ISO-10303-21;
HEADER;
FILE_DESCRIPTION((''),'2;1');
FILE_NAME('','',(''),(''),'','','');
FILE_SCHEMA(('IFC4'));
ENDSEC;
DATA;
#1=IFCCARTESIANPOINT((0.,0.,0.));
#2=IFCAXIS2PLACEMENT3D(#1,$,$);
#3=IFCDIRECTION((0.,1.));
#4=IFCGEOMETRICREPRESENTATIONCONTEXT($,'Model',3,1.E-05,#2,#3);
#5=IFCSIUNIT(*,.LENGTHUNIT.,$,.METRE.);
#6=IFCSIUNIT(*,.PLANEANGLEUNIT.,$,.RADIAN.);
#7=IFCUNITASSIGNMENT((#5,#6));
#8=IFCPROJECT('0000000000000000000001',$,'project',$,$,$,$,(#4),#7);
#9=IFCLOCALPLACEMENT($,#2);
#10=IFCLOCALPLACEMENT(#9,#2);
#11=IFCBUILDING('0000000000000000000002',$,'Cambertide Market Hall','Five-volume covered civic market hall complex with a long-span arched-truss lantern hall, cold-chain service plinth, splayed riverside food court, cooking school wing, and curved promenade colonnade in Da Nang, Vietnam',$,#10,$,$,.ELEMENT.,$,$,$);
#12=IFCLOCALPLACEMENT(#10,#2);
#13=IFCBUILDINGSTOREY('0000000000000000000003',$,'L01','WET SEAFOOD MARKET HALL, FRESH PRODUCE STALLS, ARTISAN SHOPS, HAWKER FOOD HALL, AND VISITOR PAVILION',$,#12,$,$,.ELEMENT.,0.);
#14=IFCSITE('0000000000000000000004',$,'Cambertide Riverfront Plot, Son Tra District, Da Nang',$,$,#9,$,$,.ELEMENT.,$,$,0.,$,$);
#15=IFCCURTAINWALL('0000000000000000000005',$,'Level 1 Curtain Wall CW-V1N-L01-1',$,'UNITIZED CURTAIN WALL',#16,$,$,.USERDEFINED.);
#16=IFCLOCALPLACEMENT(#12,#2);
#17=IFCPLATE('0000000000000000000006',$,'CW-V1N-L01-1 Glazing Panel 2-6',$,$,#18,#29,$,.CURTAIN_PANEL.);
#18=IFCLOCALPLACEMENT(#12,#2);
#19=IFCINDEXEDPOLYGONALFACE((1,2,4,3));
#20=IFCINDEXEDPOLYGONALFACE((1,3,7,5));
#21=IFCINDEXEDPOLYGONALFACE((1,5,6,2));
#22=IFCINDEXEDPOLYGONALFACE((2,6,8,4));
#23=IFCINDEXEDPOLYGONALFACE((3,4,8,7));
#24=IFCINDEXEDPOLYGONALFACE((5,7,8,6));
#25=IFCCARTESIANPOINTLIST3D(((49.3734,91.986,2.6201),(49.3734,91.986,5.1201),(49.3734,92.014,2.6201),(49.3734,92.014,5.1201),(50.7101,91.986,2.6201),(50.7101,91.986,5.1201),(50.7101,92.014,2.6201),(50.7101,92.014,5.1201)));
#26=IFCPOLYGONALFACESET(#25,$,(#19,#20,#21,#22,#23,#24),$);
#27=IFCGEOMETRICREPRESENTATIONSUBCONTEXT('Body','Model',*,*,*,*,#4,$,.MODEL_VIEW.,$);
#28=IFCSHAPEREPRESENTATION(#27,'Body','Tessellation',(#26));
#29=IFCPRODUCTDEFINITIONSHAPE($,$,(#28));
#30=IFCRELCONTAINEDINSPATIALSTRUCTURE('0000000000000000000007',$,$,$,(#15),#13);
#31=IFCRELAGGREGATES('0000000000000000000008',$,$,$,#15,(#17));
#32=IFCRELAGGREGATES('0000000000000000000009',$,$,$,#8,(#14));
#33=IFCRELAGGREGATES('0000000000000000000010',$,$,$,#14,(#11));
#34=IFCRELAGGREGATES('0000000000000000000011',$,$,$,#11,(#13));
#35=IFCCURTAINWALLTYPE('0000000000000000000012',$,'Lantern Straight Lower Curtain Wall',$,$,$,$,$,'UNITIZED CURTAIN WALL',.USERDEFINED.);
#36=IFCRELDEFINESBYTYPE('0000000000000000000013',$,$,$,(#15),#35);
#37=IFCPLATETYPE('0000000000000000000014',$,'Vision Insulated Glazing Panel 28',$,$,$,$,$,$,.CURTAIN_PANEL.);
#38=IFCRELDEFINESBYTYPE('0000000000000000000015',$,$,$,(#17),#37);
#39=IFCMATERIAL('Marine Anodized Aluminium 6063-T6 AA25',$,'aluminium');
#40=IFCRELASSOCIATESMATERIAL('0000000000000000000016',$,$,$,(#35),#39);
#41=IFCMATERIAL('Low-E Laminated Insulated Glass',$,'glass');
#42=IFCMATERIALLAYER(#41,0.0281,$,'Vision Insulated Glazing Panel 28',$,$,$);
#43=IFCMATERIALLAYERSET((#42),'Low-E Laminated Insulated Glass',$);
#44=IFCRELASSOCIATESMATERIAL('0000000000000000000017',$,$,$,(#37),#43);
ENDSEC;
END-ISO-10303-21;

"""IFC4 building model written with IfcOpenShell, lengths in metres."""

from ifc_helpers import new_model, si_unit, direction, frame, origin, origin_2d, place, context, subcontext, project, spatial, rectangle, extrude, material, layer, layer_set, type_object, element, aggregate, save


model = new_model("IFC4")

# Units and contexts
model_context = context("Model", 3, precision=1e-05, world=origin(), true_north=direction((0.0, 1.0)))
body_context = subcontext(model_context, "Body", "Model", "MODEL_VIEW")
ifc_project = project(units=[si_unit("LENGTHUNIT", "METRE"), si_unit("PLANEANGLEUNIT", "RADIAN")], contexts=[model_context])

# Site, building, storey
site_placement = place(None, origin())
site = spatial("IfcSite", under=ifc_project, at=site_placement, Name="Cambertide Riverfront Plot, Son Tra District, Da Nang", CompositionType="ELEMENT", RefElevation=0.0)
building_placement = place(site_placement, origin())
building = spatial("IfcBuilding", under=site, at=building_placement, Name="Cambertide Market Hall", Description="Five-volume covered civic market hall complex with a long-span arched-truss lantern hall, cold-chain service plinth, splayed riverside food court, cooking school wing, and curved promenade colonnade in Da Nang, Vietnam", CompositionType="ELEMENT")
storey_placement = place(building_placement, origin())
storey = spatial("IfcBuildingStorey", under=building, at=storey_placement, Name="L01", Description="WET SEAFOOD MARKET HALL, FRESH PRODUCE STALLS, ARTISAN SHOPS, HAWKER FOOD HALL, AND VISITOR PAVILION", CompositionType="ELEMENT", Elevation=0.0)

# Curtain wall, plate
ifc_material_1 = material(Name="Marine Anodized Aluminium 6063-T6 AA25", Category="aluminium")
curtain_wall_type = type_object("IfcCurtainWallType", Name="Lantern Straight Lower Curtain Wall", ElementType="UNITIZED CURTAIN WALL", PredefinedType="USERDEFINED", material=ifc_material_1)
curtain_wall_placement = place(storey_placement, origin())
curtain_wall = element("IfcCurtainWall", 1, at=curtain_wall_placement, inside=storey, type_object=curtain_wall_type, Name="Level 1 Curtain Wall CW-V1N-L01-1", ObjectType="UNITIZED CURTAIN WALL", PredefinedType="USERDEFINED")
ifc_material_2 = material(Name="Low-E Laminated Insulated Glass", Category="glass")
ifc_layer = layer(ifc_material_2, 0.0281, Name="Vision Insulated Glazing Panel 28")
ifc_layer_set = layer_set([ifc_layer], Name="Low-E Laminated Insulated Glass")
plate_type = type_object("IfcPlateType", Name="Vision Insulated Glazing Panel 28", PredefinedType="CURTAIN_PANEL", material=ifc_layer_set)
plate_1_placement = place(storey_placement, frame((50.0417, 92.0, 2.6201), z_axis=(0.0, 0.0, 1.0), x_axis=(1.0, 0.0, 0.0)))
plate_1 = element("IfcPlate", 2, at=plate_1_placement, type_object=plate_type, Name="CW-V1N-L01-1 Glazing Panel 2-6", PredefinedType="CURTAIN_PANEL", context=body_context, shape_type="SweptSolid", body=[
    extrude(rectangle(XDim=1.3367, YDim=0.0281, at=origin_2d()), origin(), (0.0, 0.0, 1.0), 2.5),
])
aggregate(curtain_wall, [plate_1])

save(model, "model.ifc")
